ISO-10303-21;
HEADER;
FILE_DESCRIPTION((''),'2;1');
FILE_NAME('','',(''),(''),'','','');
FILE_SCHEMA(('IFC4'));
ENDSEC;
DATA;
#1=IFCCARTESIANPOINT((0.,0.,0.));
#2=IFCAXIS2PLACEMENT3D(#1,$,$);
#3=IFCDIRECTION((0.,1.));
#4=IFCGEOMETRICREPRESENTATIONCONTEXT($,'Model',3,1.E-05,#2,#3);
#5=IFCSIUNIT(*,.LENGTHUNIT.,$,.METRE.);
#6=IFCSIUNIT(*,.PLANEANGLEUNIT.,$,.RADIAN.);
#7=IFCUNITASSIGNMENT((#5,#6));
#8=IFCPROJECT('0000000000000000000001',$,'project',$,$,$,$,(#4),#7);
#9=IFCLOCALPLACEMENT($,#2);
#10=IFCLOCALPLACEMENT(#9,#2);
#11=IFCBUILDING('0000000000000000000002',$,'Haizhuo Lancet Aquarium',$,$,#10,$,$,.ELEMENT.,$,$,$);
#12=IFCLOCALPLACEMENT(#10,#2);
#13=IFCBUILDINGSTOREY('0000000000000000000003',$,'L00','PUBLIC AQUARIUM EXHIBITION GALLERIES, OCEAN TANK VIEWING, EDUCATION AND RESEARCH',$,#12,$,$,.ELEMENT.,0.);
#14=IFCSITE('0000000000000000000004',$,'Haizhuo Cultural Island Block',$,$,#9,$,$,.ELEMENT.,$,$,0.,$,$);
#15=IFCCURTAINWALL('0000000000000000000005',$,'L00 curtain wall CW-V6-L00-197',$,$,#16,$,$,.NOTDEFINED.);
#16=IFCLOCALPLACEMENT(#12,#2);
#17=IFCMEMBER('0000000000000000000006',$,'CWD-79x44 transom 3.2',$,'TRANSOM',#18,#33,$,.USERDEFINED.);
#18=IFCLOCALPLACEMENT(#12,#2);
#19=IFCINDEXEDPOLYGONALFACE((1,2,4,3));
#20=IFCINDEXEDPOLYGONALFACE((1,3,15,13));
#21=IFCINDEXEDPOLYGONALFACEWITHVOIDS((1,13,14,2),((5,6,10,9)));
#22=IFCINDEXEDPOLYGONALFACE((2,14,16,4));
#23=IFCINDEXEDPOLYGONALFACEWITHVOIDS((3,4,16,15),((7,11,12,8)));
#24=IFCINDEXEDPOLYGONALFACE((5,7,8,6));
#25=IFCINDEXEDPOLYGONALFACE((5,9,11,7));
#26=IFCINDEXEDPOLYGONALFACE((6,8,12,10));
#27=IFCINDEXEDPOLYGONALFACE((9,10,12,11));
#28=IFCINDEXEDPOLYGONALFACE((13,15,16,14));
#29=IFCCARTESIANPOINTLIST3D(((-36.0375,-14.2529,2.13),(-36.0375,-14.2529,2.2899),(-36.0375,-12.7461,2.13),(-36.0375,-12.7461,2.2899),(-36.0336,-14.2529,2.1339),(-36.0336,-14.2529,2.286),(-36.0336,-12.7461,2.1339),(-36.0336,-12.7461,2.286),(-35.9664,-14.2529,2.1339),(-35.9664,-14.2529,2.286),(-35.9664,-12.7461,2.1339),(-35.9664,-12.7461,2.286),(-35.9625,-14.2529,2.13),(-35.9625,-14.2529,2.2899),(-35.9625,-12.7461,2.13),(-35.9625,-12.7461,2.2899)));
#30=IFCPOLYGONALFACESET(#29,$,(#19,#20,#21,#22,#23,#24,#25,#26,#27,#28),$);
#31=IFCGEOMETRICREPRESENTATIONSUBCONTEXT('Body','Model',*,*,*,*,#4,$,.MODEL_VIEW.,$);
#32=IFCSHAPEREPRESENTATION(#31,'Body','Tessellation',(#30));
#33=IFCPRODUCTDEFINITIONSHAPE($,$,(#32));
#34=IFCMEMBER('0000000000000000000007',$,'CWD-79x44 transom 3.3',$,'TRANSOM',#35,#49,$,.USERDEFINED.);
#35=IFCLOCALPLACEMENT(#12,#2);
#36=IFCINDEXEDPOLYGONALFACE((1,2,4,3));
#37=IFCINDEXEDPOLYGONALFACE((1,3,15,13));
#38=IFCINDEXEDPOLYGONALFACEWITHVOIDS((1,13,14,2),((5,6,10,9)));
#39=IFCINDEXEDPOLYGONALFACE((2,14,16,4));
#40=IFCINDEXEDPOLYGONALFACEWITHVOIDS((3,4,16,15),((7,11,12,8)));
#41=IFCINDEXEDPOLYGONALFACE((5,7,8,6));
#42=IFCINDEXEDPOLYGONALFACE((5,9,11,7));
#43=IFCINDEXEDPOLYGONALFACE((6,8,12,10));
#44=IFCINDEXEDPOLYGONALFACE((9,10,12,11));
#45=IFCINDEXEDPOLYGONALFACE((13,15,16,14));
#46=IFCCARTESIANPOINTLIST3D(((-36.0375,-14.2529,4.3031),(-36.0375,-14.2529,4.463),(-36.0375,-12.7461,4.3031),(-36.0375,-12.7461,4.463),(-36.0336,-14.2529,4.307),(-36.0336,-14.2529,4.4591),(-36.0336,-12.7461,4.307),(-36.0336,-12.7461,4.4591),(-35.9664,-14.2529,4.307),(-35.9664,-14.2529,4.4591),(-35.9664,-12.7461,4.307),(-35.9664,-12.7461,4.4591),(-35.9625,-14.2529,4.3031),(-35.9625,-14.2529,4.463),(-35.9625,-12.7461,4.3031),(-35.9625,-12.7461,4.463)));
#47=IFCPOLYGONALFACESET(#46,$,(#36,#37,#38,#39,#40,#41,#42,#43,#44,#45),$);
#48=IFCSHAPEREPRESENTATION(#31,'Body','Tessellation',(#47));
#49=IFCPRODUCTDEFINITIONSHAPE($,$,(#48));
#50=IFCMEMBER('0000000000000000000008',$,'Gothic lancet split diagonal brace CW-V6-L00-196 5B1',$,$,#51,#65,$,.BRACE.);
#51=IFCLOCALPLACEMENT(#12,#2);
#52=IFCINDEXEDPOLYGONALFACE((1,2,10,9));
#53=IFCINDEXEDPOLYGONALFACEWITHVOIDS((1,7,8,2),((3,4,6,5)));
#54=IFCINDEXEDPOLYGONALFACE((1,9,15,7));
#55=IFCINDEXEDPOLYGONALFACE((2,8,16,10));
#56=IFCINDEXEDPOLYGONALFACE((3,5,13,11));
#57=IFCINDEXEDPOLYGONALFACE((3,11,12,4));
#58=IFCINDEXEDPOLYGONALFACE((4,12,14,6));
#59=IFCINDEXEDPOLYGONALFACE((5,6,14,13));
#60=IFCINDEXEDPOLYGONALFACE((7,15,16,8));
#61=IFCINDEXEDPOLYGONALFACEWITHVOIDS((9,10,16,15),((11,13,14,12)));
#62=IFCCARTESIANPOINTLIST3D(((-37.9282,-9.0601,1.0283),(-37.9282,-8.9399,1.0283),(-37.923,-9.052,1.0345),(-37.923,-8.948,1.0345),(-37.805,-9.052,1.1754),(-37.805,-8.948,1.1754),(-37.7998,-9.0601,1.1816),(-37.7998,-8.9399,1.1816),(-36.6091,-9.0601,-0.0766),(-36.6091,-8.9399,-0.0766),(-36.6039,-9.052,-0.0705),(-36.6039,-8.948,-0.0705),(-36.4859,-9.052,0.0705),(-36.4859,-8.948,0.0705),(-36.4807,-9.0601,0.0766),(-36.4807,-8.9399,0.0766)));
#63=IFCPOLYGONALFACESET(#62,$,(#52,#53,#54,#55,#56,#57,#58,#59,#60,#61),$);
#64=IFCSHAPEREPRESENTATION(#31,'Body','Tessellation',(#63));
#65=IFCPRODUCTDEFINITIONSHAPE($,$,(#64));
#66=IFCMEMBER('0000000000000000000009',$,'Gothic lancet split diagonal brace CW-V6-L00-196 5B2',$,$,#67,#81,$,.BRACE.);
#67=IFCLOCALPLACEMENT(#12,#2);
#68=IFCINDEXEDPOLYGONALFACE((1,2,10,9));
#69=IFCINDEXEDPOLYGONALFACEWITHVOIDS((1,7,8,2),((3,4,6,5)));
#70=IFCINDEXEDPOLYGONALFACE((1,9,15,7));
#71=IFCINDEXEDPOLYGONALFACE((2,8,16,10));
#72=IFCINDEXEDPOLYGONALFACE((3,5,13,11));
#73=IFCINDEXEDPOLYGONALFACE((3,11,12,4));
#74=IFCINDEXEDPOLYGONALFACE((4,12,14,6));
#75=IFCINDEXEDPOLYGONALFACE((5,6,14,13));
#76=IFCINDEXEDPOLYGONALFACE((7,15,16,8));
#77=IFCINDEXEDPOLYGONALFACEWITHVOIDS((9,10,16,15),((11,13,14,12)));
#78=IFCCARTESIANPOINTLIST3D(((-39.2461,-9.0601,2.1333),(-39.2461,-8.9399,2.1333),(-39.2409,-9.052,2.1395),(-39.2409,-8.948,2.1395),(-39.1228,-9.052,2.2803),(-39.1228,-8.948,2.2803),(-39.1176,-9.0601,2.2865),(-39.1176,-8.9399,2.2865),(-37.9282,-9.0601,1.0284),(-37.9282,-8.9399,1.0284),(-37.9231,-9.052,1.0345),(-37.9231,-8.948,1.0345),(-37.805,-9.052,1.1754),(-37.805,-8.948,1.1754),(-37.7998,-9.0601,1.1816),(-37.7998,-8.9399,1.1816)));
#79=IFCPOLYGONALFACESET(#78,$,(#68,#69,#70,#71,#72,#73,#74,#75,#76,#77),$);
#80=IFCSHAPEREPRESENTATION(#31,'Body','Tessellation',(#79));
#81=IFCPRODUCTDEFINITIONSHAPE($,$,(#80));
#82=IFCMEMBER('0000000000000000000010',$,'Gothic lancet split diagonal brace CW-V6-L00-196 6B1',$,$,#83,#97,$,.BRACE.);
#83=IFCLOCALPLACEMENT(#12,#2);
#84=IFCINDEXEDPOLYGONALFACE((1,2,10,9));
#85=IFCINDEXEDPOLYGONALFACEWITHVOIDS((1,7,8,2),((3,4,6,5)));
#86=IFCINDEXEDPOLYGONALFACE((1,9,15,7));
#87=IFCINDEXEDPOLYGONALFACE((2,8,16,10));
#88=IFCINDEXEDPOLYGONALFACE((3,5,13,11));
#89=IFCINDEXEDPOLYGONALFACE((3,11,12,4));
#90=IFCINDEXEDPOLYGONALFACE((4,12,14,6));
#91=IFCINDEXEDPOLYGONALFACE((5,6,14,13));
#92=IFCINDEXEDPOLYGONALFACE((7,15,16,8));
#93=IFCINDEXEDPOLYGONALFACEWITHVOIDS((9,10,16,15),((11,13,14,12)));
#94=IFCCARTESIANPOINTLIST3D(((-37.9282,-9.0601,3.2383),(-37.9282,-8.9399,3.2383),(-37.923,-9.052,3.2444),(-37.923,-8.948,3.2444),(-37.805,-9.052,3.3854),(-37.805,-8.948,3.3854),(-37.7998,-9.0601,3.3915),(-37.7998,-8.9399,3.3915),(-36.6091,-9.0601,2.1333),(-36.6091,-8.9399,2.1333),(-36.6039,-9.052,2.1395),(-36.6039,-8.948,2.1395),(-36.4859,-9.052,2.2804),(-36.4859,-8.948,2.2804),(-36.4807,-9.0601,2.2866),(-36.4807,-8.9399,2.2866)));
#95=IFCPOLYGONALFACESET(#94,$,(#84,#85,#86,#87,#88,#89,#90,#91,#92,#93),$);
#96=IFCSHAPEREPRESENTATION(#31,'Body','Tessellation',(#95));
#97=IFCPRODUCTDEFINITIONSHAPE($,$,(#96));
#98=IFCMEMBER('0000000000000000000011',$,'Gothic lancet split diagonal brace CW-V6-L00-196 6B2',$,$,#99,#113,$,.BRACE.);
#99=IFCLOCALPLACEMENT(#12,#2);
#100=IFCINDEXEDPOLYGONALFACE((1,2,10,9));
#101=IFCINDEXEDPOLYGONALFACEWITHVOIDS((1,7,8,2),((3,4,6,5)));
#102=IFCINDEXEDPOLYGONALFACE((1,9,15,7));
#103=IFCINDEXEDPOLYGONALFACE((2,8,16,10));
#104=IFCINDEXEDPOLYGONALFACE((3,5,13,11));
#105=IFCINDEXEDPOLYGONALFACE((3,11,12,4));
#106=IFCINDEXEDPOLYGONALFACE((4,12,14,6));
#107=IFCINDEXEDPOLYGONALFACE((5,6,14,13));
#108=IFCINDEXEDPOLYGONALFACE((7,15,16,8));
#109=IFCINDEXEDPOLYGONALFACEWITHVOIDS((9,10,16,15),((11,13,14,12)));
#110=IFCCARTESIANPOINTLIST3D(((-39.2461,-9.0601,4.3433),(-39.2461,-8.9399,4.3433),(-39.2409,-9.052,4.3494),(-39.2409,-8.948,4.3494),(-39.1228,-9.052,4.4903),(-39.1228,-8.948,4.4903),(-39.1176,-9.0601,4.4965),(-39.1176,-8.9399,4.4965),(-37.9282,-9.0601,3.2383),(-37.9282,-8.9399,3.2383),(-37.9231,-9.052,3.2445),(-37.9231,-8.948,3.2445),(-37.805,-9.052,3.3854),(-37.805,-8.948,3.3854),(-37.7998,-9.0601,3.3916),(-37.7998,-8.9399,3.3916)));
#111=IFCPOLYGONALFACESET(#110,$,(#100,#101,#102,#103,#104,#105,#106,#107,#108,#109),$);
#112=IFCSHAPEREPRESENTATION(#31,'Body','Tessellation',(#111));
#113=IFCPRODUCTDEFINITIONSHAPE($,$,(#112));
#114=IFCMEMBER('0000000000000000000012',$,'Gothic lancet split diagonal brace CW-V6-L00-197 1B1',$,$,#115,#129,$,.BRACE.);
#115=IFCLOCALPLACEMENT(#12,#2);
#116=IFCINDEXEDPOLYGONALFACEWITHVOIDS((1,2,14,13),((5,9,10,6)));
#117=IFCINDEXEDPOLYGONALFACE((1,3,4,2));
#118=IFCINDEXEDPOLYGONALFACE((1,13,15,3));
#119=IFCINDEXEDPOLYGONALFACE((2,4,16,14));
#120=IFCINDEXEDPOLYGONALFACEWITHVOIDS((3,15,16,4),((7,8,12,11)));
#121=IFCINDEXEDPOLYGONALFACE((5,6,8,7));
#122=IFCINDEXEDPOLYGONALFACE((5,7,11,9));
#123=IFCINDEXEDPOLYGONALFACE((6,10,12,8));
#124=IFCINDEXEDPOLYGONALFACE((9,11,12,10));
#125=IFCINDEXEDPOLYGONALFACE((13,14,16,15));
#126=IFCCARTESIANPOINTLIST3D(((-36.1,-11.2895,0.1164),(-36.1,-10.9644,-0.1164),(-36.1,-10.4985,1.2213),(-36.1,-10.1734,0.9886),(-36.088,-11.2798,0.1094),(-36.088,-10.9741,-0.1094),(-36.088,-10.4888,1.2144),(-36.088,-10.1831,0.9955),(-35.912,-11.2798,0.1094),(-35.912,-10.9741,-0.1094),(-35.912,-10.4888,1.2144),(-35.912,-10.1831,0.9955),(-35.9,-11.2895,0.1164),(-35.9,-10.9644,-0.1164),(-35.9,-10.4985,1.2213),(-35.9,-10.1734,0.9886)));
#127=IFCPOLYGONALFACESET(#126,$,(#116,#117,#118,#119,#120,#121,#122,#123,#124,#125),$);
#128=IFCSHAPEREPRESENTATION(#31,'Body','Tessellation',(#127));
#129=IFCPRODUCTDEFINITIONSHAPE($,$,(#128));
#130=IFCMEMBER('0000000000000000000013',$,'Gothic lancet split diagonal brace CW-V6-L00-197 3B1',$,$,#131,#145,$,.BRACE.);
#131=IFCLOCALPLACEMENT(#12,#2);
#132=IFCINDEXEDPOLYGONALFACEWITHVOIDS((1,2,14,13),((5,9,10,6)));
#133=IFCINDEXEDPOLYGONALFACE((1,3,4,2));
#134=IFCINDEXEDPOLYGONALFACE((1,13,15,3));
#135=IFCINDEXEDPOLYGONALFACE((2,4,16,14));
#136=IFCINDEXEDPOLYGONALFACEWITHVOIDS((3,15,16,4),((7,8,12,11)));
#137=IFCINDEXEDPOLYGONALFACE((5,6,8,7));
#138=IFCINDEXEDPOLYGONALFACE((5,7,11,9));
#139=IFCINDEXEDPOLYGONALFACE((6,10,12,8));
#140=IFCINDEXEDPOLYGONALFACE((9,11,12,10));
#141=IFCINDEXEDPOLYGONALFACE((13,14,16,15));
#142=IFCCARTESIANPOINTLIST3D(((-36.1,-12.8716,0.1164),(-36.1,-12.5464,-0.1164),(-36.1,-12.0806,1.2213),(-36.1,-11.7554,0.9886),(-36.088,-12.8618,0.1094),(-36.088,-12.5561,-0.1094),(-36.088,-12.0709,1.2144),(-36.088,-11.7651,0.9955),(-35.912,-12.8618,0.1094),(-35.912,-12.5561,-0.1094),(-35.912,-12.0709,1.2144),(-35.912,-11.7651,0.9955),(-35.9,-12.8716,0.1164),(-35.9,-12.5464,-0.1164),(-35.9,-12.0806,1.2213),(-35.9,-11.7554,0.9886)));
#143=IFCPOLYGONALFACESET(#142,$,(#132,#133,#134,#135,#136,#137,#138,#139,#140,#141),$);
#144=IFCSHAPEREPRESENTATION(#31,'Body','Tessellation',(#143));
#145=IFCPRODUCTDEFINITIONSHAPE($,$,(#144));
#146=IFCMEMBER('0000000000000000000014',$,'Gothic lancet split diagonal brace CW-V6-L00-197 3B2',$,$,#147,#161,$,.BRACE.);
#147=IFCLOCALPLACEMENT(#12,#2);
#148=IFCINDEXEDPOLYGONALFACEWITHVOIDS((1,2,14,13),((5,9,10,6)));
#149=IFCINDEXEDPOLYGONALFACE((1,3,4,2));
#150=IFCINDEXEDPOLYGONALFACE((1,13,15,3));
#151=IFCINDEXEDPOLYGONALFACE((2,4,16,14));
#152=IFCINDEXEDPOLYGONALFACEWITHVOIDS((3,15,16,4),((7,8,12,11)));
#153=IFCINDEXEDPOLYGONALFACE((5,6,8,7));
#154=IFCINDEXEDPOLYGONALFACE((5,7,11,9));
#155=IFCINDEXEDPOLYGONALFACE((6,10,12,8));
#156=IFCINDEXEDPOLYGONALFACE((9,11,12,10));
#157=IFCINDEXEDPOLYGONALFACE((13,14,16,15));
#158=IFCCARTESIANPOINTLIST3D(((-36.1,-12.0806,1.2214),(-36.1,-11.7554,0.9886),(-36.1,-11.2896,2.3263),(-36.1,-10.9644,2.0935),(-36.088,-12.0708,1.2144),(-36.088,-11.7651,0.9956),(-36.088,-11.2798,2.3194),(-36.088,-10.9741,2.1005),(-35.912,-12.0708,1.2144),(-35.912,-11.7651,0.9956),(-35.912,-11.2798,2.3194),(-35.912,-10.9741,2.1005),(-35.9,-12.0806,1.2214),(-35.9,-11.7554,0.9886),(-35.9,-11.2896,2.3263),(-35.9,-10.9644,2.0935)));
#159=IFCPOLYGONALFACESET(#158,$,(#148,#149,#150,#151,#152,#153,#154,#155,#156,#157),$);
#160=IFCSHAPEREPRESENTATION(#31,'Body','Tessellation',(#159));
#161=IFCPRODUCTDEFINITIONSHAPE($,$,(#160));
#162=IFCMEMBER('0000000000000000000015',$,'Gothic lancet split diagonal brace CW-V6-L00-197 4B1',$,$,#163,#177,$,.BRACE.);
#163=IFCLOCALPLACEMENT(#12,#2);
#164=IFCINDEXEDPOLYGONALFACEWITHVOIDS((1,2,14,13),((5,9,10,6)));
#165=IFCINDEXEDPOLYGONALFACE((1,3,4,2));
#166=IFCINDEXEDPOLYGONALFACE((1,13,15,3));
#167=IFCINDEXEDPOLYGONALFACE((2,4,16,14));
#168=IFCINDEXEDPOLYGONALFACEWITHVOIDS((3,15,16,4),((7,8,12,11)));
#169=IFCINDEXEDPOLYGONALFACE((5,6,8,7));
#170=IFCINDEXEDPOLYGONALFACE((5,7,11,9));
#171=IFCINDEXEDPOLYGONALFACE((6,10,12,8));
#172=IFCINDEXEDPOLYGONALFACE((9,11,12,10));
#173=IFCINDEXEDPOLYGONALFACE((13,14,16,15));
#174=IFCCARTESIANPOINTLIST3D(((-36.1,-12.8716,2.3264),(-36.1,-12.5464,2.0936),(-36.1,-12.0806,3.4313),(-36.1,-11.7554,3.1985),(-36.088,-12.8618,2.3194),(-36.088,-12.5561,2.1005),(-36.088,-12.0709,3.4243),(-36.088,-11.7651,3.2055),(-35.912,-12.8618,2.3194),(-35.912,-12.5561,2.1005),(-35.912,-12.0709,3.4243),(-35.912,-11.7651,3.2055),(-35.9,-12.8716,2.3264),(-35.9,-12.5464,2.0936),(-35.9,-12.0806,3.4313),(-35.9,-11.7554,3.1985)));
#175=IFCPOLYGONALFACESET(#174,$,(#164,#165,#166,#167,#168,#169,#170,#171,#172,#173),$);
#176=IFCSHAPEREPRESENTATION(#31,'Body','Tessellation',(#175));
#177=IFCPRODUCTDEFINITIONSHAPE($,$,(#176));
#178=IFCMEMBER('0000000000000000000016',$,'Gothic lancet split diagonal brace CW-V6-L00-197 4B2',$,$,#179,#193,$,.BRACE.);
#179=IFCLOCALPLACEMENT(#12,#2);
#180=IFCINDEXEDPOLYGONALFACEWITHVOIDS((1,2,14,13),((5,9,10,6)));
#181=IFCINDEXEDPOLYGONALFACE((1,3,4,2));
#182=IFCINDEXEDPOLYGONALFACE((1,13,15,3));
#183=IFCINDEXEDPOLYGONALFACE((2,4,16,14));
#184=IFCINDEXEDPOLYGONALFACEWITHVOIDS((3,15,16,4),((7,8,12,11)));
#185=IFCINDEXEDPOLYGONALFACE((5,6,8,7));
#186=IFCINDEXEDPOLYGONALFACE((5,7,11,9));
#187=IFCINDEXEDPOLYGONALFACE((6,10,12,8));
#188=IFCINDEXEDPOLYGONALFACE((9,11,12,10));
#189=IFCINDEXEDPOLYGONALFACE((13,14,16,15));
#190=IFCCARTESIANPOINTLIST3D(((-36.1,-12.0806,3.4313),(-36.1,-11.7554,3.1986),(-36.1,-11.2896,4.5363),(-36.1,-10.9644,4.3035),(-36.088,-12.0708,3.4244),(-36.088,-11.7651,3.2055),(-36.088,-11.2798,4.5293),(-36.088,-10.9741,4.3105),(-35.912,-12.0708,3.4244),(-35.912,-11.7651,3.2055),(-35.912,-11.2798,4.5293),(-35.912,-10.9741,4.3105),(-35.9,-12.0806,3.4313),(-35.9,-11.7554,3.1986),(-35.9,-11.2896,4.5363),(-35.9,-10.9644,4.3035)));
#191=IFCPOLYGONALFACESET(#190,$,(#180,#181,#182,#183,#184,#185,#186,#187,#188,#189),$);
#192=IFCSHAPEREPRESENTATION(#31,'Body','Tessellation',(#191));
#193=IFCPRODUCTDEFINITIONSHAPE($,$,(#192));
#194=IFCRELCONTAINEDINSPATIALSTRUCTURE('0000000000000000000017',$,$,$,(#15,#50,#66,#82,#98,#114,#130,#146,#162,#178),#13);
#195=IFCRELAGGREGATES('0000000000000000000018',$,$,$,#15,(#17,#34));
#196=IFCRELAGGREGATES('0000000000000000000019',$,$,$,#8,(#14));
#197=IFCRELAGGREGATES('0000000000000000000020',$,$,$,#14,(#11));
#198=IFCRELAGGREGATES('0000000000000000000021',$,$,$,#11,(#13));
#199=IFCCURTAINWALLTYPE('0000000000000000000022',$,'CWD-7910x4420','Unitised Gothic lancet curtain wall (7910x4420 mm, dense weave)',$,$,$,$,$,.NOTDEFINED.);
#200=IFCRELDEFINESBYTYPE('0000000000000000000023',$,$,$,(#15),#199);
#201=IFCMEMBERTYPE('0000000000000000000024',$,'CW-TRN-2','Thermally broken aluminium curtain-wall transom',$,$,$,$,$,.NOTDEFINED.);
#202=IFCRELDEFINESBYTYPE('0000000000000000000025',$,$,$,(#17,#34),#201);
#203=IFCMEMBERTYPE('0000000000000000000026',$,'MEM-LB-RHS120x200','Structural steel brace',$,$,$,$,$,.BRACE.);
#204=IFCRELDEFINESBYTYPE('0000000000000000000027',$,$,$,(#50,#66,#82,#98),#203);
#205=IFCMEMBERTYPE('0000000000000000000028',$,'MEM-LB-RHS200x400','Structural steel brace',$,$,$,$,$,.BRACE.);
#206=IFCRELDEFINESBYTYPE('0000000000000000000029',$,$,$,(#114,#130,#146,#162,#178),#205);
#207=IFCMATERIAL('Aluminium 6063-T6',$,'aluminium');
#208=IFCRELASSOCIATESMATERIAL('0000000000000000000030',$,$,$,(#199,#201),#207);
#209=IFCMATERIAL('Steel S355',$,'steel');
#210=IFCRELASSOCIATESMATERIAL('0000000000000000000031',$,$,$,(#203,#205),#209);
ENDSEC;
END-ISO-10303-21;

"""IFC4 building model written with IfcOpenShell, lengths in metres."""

from ifc_helpers import new_model, si_unit, direction, frame, origin, origin_2d, place, context, subcontext, project, spatial, hollow_rectangle, extrude, material, material_profile, profile_set, type_object, element, aggregate, save


model = new_model("IFC4")

# Units and contexts
model_context = context("Model", 3, precision=1e-05, world=origin(), true_north=direction((0.0, 1.0)))
body_context = subcontext(model_context, "Body", "Model", "MODEL_VIEW")
ifc_project = project(units=[si_unit("LENGTHUNIT", "METRE"), si_unit("PLANEANGLEUNIT", "RADIAN")], contexts=[model_context])

# Site, building, storey
site_placement = place(None, origin())
site = spatial("IfcSite", under=ifc_project, at=site_placement, Name="Haizhuo Cultural Island Block", CompositionType="ELEMENT", RefElevation=0.0)
building_placement = place(site_placement, origin())
building = spatial("IfcBuilding", under=site, at=building_placement, Name="Haizhuo Lancet Aquarium", CompositionType="ELEMENT")
storey_placement = place(building_placement, origin())
storey = spatial("IfcBuildingStorey", under=building, at=storey_placement, Name="L00", Description="PUBLIC AQUARIUM EXHIBITION GALLERIES, OCEAN TANK VIEWING, EDUCATION AND RESEARCH", CompositionType="ELEMENT", Elevation=0.0)

# Shared definitions
ifc_material_1 = material(Name="Aluminium 6063-T6", Category="aluminium")

# Curtain wall
curtain_wall_type_1 = type_object("IfcCurtainWallType", Name="CWD-7910x4420", Description="Unitised Gothic lancet curtain wall (7910x4420 mm, dense weave)", PredefinedType="NOTDEFINED", material=ifc_material_1)
curtain_wall_1_placement = place(storey_placement, origin())
curtain_wall_1 = element("IfcCurtainWall", 1, at=curtain_wall_1_placement, inside=storey, type_object=curtain_wall_type_1, Name="L00 curtain wall CW-V6-L00-197", PredefinedType="NOTDEFINED")

# Members
ifc_material_profile_1 = material_profile(ifc_material_1, hollow_rectangle(XDim=0.075, YDim=0.1599, WallThickness=0.0039, at=origin_2d()), Name="ALU-T 75x160x4")
ifc_profile_set_1 = profile_set([ifc_material_profile_1], Name="Aluminium 6063-T6")
member_type_1 = type_object("IfcMemberType", Name="CW-TRN-2", Description="Thermally broken aluminium curtain-wall transom", PredefinedType="NOTDEFINED", material=ifc_profile_set_1)
member_1_placement = place(storey_placement, frame((-36.0, -12.7461, 2.21), z_axis=(0.0, -1.0, 0.0), x_axis=(1.0, 0.0, 0.0)))
member_1 = element("IfcMember", 2, at=member_1_placement, type_object=member_type_1, Name="CWD-79x44 transom 3.2", ObjectType="TRANSOM", PredefinedType="USERDEFINED", context=body_context, shape_type="SweptSolid", body=[
    extrude(hollow_rectangle(XDim=0.075, YDim=0.1599, WallThickness=0.0039, at=origin_2d()), origin(), (0.0, 0.0, 1.0), 1.5068),
])
member_2_placement = place(storey_placement, frame((-36.0, -12.7461, 4.3831), z_axis=(0.0, -1.0, 0.0), x_axis=(1.0, 0.0, 0.0)))
member_2 = element("IfcMember", 3, at=member_2_placement, type_object=member_type_1, Name="CWD-79x44 transom 3.3", ObjectType="TRANSOM", PredefinedType="USERDEFINED", context=body_context, shape_type="SweptSolid", body=[
    extrude(hollow_rectangle(XDim=0.075, YDim=0.1599, WallThickness=0.0039, at=origin_2d()), origin(), (0.0, 0.0, 1.0), 1.5068),
])

# Members
ifc_material_2 = material(Name="Steel S355", Category="steel")
ifc_material_profile_2 = material_profile(ifc_material_2, hollow_rectangle(XDim=0.1201, YDim=0.2, WallThickness=0.0081, at=origin_2d()), Name="RHS 120x200x8")
ifc_profile_set_2 = profile_set([ifc_material_profile_2], Name="Steel S355")
member_type_2 = type_object("IfcMemberType", Name="MEM-LB-RHS120x200", Description="Structural steel brace", PredefinedType="BRACE", material=ifc_profile_set_2)
member_3_placement = place(storey_placement, frame((-36.5449, -9.0, 0.0), z_axis=(-0.766579, 0.0, 0.64215), x_axis=(0.0, -1.0, 0.0)))
element("IfcMember", 4, at=member_3_placement, inside=storey, type_object=member_type_2, Name="Gothic lancet split diagonal brace CW-V6-L00-196 5B1", PredefinedType="BRACE", context=body_context, shape_type="SweptSolid", body=[
    extrude(hollow_rectangle(XDim=0.1201, YDim=0.2, WallThickness=0.0081, at=origin_2d()), origin(), (0.0, 0.0, 1.0), 1.7207),
])
member_4_placement = place(storey_placement, frame((-37.864, -9.0, 1.105), z_axis=(-0.766286, 0.0, 0.642499), x_axis=(0.0, -1.0, 0.0)))
element("IfcMember", 5, at=member_4_placement, inside=storey, type_object=member_type_2, Name="Gothic lancet split diagonal brace CW-V6-L00-196 5B2", PredefinedType="BRACE", context=body_context, shape_type="SweptSolid", body=[
    extrude(hollow_rectangle(XDim=0.1201, YDim=0.2, WallThickness=0.0081, at=origin_2d()), origin(), (0.0, 0.0, 1.0), 1.7197),
])
member_5_placement = place(storey_placement, frame((-36.5449, -9.0, 2.21), z_axis=(-0.766579, 0.0, 0.64215), x_axis=(0.0, -1.0, 0.0)))
element("IfcMember", 6, at=member_5_placement, inside=storey, type_object=member_type_2, Name="Gothic lancet split diagonal brace CW-V6-L00-196 6B1", PredefinedType="BRACE", context=body_context, shape_type="SweptSolid", body=[
    extrude(hollow_rectangle(XDim=0.1201, YDim=0.2, WallThickness=0.0081, at=origin_2d()), origin(), (0.0, 0.0, 1.0), 1.7207),
])
member_6_placement = place(storey_placement, frame((-37.864, -9.0, 3.3149), z_axis=(-0.766286, 0.0, 0.642499), x_axis=(0.0, -1.0, 0.0)))
element("IfcMember", 7, at=member_6_placement, inside=storey, type_object=member_type_2, Name="Gothic lancet split diagonal brace CW-V6-L00-196 6B2", PredefinedType="BRACE", context=body_context, shape_type="SweptSolid", body=[
    extrude(hollow_rectangle(XDim=0.1201, YDim=0.2, WallThickness=0.0081, at=origin_2d()), origin(), (0.0, 0.0, 1.0), 1.7197),
])
ifc_material_profile_3 = material_profile(ifc_material_2, hollow_rectangle(XDim=0.2, YDim=0.3999, WallThickness=0.012, at=origin_2d()), Name="RHS 200x400x12")
ifc_profile_set_3 = profile_set([ifc_material_profile_3], Name="Steel S355")
member_type_3 = type_object("IfcMemberType", Name="MEM-LB-RHS200x400", Description="Structural steel brace", PredefinedType="BRACE", material=ifc_profile_set_3)
for number, where, z_axis, x_axis, name in (
    (8, (-36.0, -11.127, 0.0), (0.0, 0.582088, 0.813126), (-1.0, 0.0, 0.0), "Gothic lancet split diagonal brace CW-V6-L00-197 1B1"),
    (9, (-36.0, -12.709, 0.0), (0.0, 0.582088, 0.813126), (-1.0, 0.0, 0.0), "Gothic lancet split diagonal brace CW-V6-L00-197 3B1"),
    (10, (-36.0, -11.918, 1.105), (0.0, 0.582088, 0.813126), (-1.0, 0.0, 0.0), "Gothic lancet split diagonal brace CW-V6-L00-197 3B2"),
    (11, (-36.0, -12.709, 2.21), (0.0, 0.582088, 0.813126), (-1.0, 0.0, 0.0), "Gothic lancet split diagonal brace CW-V6-L00-197 4B1"),
    (12, (-36.0, -11.918, 3.3149), (0.0, 0.582088, 0.813126), (-1.0, 0.0, 0.0), "Gothic lancet split diagonal brace CW-V6-L00-197 4B2"),
):
    element("IfcMember", number, at=place(storey_placement, frame(where, z_axis=z_axis, x_axis=x_axis)), inside=storey, type_object=member_type_3, Name=name, PredefinedType="BRACE", context=body_context, shape_type="SweptSolid", body=[
        extrude(hollow_rectangle(XDim=0.2, YDim=0.3999, WallThickness=0.012, at=origin_2d()), origin(), (0.0, 0.0, 1.0), 1.3589),
    ])

aggregate(curtain_wall_1, [member_1, member_2])

save(model, "model.ifc")
